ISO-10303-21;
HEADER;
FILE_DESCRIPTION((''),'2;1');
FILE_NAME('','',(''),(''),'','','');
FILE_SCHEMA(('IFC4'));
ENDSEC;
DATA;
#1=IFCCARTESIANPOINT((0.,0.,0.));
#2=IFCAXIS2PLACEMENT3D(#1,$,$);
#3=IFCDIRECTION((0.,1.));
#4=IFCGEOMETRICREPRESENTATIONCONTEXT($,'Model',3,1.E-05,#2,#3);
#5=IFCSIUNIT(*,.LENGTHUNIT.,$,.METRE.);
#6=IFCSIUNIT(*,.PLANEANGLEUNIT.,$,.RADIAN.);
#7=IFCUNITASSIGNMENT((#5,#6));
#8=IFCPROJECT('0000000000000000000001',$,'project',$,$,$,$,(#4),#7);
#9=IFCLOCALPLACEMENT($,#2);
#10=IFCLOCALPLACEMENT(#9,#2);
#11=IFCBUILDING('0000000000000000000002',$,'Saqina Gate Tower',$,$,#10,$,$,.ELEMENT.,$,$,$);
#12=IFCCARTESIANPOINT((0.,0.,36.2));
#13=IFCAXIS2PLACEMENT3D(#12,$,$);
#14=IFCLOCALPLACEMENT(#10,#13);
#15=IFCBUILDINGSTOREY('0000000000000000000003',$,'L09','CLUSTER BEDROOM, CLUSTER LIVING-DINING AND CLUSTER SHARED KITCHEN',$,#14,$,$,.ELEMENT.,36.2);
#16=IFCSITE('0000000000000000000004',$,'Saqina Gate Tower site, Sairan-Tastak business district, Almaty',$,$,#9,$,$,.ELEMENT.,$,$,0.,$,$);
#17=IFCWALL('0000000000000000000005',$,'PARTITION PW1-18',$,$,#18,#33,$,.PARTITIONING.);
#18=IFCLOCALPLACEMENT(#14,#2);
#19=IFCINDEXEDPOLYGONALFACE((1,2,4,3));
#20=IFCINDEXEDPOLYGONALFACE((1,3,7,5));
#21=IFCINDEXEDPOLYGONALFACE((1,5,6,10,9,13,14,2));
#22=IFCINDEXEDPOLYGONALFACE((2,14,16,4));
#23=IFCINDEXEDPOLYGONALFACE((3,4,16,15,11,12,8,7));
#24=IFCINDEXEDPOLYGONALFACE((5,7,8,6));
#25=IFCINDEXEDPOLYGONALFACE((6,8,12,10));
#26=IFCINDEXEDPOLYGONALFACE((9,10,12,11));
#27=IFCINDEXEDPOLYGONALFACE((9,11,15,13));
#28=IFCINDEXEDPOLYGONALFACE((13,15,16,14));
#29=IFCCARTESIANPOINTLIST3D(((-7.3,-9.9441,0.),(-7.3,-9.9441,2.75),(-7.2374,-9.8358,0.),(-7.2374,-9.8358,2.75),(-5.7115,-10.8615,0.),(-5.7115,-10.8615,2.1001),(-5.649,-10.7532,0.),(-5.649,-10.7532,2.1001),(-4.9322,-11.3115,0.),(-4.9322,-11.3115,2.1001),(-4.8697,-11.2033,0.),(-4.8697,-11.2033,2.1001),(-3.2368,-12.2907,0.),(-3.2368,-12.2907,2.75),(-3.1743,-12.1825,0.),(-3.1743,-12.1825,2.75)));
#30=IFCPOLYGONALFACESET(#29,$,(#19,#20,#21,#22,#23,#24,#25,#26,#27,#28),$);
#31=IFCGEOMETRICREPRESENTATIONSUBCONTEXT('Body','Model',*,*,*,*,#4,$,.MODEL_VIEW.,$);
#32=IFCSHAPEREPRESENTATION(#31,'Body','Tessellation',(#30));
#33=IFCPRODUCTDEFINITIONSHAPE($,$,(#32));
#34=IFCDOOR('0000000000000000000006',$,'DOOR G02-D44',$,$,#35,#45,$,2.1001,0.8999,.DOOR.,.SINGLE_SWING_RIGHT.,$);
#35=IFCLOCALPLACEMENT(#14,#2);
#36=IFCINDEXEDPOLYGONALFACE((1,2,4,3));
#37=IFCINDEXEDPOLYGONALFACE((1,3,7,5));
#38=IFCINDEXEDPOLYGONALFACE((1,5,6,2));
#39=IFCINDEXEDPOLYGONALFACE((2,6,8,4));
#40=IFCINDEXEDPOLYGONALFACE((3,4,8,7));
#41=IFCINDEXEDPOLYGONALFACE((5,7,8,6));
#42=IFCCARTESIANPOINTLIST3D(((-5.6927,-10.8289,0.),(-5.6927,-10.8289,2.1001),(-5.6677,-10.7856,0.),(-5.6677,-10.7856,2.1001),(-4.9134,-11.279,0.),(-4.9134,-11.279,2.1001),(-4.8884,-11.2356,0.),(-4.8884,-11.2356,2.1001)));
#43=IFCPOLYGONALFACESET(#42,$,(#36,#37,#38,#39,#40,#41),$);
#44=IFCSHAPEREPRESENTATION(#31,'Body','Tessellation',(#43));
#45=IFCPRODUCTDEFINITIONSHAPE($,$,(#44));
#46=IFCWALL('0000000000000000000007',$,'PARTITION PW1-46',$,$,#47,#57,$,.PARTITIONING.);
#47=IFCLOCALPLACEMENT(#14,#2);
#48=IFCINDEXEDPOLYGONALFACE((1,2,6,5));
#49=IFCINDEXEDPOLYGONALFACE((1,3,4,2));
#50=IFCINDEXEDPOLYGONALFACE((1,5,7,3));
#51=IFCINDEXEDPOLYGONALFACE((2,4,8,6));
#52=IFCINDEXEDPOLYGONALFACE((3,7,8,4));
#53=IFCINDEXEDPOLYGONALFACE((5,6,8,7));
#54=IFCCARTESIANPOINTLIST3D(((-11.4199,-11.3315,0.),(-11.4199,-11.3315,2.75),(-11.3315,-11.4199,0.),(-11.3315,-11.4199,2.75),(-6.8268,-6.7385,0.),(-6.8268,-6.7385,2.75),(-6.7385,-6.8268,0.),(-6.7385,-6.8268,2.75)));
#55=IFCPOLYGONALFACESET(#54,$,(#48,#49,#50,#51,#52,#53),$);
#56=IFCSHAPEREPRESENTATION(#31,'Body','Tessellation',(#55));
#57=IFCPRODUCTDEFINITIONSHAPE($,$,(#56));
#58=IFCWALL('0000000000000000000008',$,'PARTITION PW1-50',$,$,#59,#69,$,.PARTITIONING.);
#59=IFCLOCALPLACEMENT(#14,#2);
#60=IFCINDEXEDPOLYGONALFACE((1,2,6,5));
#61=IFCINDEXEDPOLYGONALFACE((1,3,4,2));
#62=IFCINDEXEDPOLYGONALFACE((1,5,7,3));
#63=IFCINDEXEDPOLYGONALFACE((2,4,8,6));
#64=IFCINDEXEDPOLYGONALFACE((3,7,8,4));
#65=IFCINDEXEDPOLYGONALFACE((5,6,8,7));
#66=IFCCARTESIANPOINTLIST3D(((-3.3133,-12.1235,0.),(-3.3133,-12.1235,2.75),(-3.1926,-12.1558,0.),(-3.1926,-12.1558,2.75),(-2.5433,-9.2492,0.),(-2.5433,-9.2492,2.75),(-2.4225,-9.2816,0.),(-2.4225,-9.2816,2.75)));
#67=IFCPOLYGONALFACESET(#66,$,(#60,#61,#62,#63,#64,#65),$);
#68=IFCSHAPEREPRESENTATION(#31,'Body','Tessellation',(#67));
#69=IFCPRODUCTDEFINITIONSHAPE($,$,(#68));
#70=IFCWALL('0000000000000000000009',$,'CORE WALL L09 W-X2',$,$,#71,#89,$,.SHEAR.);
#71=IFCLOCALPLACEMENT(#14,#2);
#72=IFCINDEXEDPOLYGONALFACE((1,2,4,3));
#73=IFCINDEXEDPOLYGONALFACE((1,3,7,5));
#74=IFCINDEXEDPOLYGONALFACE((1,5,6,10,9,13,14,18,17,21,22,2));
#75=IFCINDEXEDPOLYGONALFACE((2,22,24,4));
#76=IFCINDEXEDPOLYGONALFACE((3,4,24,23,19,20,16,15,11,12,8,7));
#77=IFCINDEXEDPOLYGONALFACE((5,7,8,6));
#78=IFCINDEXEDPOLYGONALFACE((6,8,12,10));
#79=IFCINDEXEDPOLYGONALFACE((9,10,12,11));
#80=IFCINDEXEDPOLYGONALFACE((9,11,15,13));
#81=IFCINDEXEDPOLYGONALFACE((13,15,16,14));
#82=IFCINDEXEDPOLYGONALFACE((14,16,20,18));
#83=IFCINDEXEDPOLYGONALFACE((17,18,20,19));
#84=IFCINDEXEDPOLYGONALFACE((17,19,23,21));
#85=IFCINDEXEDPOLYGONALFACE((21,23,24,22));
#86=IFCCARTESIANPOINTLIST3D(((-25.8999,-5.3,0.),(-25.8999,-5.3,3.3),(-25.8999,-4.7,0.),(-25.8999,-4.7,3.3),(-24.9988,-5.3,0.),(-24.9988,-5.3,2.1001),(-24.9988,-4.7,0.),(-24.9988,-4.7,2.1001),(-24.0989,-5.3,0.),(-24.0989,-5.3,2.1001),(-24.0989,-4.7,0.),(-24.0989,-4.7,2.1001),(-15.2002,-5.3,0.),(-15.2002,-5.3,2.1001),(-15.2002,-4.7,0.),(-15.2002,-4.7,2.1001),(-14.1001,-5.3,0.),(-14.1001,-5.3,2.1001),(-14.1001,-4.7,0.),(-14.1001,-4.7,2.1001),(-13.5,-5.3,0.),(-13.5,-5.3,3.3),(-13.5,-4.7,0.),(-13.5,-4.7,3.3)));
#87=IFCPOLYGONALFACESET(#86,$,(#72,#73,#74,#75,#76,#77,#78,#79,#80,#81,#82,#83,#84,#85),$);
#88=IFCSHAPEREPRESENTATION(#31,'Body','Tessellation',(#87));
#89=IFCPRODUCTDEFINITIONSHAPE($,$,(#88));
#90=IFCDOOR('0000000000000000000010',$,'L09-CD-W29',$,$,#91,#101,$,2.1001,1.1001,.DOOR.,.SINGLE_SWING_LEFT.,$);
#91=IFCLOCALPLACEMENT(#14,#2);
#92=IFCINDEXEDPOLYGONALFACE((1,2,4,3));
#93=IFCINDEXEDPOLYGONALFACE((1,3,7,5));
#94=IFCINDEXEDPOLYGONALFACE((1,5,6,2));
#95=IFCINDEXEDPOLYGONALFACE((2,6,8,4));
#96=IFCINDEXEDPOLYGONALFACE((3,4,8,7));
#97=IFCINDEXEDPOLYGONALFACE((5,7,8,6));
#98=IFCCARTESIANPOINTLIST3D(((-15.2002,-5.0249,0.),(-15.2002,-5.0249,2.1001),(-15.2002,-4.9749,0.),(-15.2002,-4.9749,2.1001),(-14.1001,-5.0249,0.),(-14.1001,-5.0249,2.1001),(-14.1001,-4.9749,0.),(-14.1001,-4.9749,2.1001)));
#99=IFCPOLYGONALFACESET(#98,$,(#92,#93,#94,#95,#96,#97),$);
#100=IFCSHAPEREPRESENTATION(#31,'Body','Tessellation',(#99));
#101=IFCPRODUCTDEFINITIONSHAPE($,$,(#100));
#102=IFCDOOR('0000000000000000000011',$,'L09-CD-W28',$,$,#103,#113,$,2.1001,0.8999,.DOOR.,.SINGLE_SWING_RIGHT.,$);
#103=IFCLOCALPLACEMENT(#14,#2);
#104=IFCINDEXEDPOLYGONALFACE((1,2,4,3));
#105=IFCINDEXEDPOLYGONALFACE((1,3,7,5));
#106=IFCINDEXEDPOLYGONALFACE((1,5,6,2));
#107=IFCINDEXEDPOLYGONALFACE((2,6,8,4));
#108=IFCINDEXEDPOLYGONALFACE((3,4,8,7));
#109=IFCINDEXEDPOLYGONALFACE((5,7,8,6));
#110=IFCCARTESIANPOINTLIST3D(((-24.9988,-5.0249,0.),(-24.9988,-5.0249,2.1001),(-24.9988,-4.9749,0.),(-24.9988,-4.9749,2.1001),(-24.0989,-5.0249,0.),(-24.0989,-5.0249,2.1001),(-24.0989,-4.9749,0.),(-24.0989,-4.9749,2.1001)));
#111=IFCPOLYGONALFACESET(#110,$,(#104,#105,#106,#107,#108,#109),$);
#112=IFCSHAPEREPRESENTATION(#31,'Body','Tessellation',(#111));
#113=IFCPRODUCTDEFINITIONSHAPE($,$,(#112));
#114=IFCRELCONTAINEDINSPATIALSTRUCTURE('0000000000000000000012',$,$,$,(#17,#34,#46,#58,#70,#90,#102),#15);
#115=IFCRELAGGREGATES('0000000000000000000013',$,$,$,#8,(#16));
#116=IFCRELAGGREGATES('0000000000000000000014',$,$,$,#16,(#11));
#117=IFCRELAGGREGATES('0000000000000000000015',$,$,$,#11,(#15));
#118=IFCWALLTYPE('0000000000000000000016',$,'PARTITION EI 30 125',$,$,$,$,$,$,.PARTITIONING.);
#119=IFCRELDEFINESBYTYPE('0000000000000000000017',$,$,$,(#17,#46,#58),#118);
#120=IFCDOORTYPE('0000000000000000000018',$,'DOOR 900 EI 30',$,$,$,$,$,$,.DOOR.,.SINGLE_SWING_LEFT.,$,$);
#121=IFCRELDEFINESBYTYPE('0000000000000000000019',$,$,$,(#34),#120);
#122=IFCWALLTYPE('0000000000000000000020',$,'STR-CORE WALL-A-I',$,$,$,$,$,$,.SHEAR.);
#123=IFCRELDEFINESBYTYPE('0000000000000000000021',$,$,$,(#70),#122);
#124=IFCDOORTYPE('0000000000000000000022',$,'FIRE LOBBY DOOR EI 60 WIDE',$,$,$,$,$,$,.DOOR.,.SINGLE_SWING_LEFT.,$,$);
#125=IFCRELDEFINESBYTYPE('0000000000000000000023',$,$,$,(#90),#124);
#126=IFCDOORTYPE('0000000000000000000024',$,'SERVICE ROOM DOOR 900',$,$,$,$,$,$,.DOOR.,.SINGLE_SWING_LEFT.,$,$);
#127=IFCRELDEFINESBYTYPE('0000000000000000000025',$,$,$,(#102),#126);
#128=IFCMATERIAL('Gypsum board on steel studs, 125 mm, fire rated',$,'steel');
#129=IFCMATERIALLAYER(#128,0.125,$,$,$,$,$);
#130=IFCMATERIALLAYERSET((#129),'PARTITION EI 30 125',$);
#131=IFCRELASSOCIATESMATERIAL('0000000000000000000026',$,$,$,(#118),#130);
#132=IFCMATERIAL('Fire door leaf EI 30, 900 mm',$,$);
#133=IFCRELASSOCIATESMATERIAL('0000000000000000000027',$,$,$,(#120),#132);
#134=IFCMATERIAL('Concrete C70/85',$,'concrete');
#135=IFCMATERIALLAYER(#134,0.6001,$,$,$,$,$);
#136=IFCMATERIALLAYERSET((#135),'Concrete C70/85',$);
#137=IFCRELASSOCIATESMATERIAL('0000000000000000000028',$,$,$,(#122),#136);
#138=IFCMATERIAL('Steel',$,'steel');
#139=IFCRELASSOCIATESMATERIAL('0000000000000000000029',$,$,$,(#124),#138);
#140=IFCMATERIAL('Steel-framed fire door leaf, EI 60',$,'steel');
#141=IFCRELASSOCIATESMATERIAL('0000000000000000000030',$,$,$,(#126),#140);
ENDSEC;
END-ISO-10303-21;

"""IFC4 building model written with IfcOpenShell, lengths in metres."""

from ifc_helpers import new_model, si_unit, direction, frame, frame_2d, origin, place, context, subcontext, project, spatial, rectangle, extrude, material, layer, layer_set, type_object, element, fill, save


model = new_model("IFC4")

# Units and contexts
model_context = context("Model", 3, precision=1e-05, world=origin(), true_north=direction((0.0, 1.0)))
body_context = subcontext(model_context, "Body", "Model", "MODEL_VIEW")
ifc_project = project(units=[si_unit("LENGTHUNIT", "METRE"), si_unit("PLANEANGLEUNIT", "RADIAN")], contexts=[model_context])

# Site, building, storey
site_placement = place(None, origin())
site = spatial("IfcSite", under=ifc_project, at=site_placement, Name="Saqina Gate Tower site, Sairan-Tastak business district, Almaty", CompositionType="ELEMENT", RefElevation=0.0)
building_placement = place(site_placement, origin())
building = spatial("IfcBuilding", under=site, at=building_placement, Name="Saqina Gate Tower", CompositionType="ELEMENT")
storey_placement = place(building_placement, frame((0.0, 0.0, 36.2)))
storey = spatial("IfcBuildingStorey", under=building, at=storey_placement, Name="L09", Description="CLUSTER BEDROOM, CLUSTER LIVING-DINING AND CLUSTER SHARED KITCHEN", CompositionType="ELEMENT", Elevation=36.2)

# Shared definitions
ifc_material_1 = material(Name="Gypsum board on steel studs, 125 mm, fire rated", Category="steel")
ifc_layer_1 = layer(ifc_material_1, 0.125)
ifc_layer_set_1 = layer_set([ifc_layer_1], Name="PARTITION EI 30 125")
wall_type_1 = type_object("IfcWallType", Name="PARTITION EI 30 125", PredefinedType="PARTITIONING", material=ifc_layer_set_1)

# Wall, opening, door
wall_1_placement = place(storey_placement, frame((-7.2688, -9.8899, 0.0), z_axis=(0.0, 0.0, 1.0), x_axis=(0.865954, -0.500123, 0.0)))
wall_1 = element("IfcWall", 1, at=wall_1_placement, inside=storey, type_object=wall_type_1, Name="PARTITION PW1-18", PredefinedType="PARTITIONING", context=body_context, shape_type="SweptSolid", body=[
    extrude(rectangle(XDim=4.6921, YDim=0.125, at=frame_2d((2.3462, 0.0))), origin(), (0.0, 0.0, 1.0), 2.75),
])
opening_1_placement = place(wall_1_placement, frame((1.8345, 0.0, 0.0)))
opening_1 = element("IfcOpeningElement", 2, at=opening_1_placement, cuts=wall_1, PredefinedType="OPENING", context=body_context, shape_type="SweptSolid", body=[
    extrude(rectangle(XDim=0.8999, YDim=2.1001, at=frame_2d((0.45, 1.05))), frame((0.0, 0.0745, 0.0), z_axis=(0.0, -1.0, 0.0), x_axis=(1.0, 0.0, 0.0)), (0.0, 0.0, 1.0), 0.1489),
])
ifc_material_2 = material(Name="Fire door leaf EI 30, 900 mm")
door_type_1 = type_object("IfcDoorType", Name="DOOR 900 EI 30", OperationType="SINGLE_SWING_LEFT", PredefinedType="DOOR", material=ifc_material_2)
door_1_placement = place(opening_1_placement, frame((0.8999, 0.0, 0.0), z_axis=(0.0, 0.0, 1.0), x_axis=(-1.0, 0.0, 0.0)))
door_1 = element("IfcDoor", 3, at=door_1_placement, inside=storey, type_object=door_type_1, Name="DOOR G02-D44", OperationType="SINGLE_SWING_RIGHT", OverallHeight=2.1001, OverallWidth=0.8999, PredefinedType="DOOR", context=body_context, shape_type="SweptSolid", body=[
    extrude(rectangle(XDim=0.8999, YDim=2.1001, at=frame_2d((0.45, 1.05))), frame((0.0, 0.0249, 0.0), z_axis=(0.0, -1.0, 0.0), x_axis=(1.0, 0.0, 0.0)), (0.0, 0.0, 1.0), 0.05),
])
fill(opening_1, door_1)

# Walls
wall_2_placement = place(storey_placement, frame((-11.3757, -11.3757, 0.0), z_axis=(0.0, 0.0, 1.0), x_axis=(0.707107, 0.707107, 0.0)))
element("IfcWall", 4, at=wall_2_placement, inside=storey, type_object=wall_type_1, Name="PARTITION PW1-46", PredefinedType="PARTITIONING", context=body_context, shape_type="SweptSolid", body=[
    extrude(rectangle(XDim=6.4956, YDim=0.125, at=frame_2d((3.2478, 0.0))), origin(), (0.0, 0.0, 1.0), 2.75),
])
wall_3_placement = place(storey_placement, frame((-3.2529, -12.1396, 0.0), z_axis=(0.0, 0.0, 1.0), x_axis=(0.258776, 0.965937, 0.0)))
element("IfcWall", 5, at=wall_3_placement, inside=storey, type_object=wall_type_1, Name="PARTITION PW1-50", PredefinedType="PARTITIONING", context=body_context, shape_type="SweptSolid", body=[
    extrude(rectangle(XDim=2.9756, YDim=0.125, at=frame_2d((1.4878, 0.0))), origin(), (0.0, 0.0, 1.0), 2.75),
])

# Wall, openings, doors
ifc_material_3 = material(Name="Concrete C70/85", Category="concrete")
ifc_layer_2 = layer(ifc_material_3, 0.6001)
ifc_layer_set_2 = layer_set([ifc_layer_2], Name="Concrete C70/85")
wall_type_2 = type_object("IfcWallType", Name="STR-CORE WALL-A-I", PredefinedType="SHEAR", material=ifc_layer_set_2)
wall_4_placement = place(storey_placement, frame((-13.5, -5.0, 0.0), z_axis=(0.0, 0.0, 1.0), x_axis=(-1.0, 0.0, 0.0)))
wall_4 = element("IfcWall", 6, at=wall_4_placement, inside=storey, type_object=wall_type_2, Name="CORE WALL L09 W-X2", PredefinedType="SHEAR", context=body_context, shape_type="SweptSolid", body=[
    extrude(rectangle(XDim=12.3999, YDim=0.6001, at=frame_2d((6.2, 0.0))), origin(), (0.0, 0.0, 1.0), 3.3),
])
opening_2_placement = place(wall_4_placement, frame((10.5989, 0.0, 0.0)))
opening_2 = element("IfcOpeningElement", 7, at=opening_2_placement, cuts=wall_4, PredefinedType="OPENING", context=body_context, shape_type="SweptSolid", body=[
    extrude(rectangle(XDim=0.8999, YDim=2.1001, at=frame_2d((0.45, 1.05))), frame((0.0, 0.312, 0.0), z_axis=(0.0, -1.0, 0.0), x_axis=(1.0, 0.0, 0.0)), (0.0, 0.0, 1.0), 0.624),
])
opening_3_placement = place(wall_4_placement, frame((0.6001, 0.0, 0.0)))
opening_3 = element("IfcOpeningElement", 8, at=opening_3_placement, cuts=wall_4, PredefinedType="OPENING", context=body_context, shape_type="SweptSolid", body=[
    extrude(rectangle(XDim=1.1001, YDim=2.1001, at=frame_2d((0.55, 1.05))), frame((0.0, 0.312, 0.0), z_axis=(0.0, -1.0, 0.0), x_axis=(1.0, 0.0, 0.0)), (0.0, 0.0, 1.0), 0.624),
])
ifc_material_4 = material(Name="Steel", Category="steel")
door_type_2 = type_object("IfcDoorType", Name="FIRE LOBBY DOOR EI 60 WIDE", OperationType="SINGLE_SWING_LEFT", PredefinedType="DOOR", material=ifc_material_4)
door_2_placement = place(opening_3_placement, origin())
door_2 = element("IfcDoor", 9, at=door_2_placement, inside=storey, type_object=door_type_2, Name="L09-CD-W29", OperationType="SINGLE_SWING_LEFT", OverallHeight=2.1001, OverallWidth=1.1001, PredefinedType="DOOR", context=body_context, shape_type="SweptSolid", body=[
    extrude(rectangle(XDim=1.1001, YDim=2.1001, at=frame_2d((0.55, 1.05))), frame((0.0, 0.0249, 0.0), z_axis=(0.0, -1.0, 0.0), x_axis=(1.0, 0.0, 0.0)), (0.0, 0.0, 1.0), 0.05),
])
fill(opening_3, door_2)
ifc_material_5 = material(Name="Steel-framed fire door leaf, EI 60", Category="steel")
door_type_3 = type_object("IfcDoorType", Name="SERVICE ROOM DOOR 900", OperationType="SINGLE_SWING_LEFT", PredefinedType="DOOR", material=ifc_material_5)
door_3_placement = place(opening_2_placement, origin())
door_3 = element("IfcDoor", 10, at=door_3_placement, inside=storey, type_object=door_type_3, Name="L09-CD-W28", OperationType="SINGLE_SWING_RIGHT", OverallHeight=2.1001, OverallWidth=0.8999, PredefinedType="DOOR", context=body_context, shape_type="SweptSolid", body=[
    extrude(rectangle(XDim=0.8999, YDim=2.1001, at=frame_2d((0.45, 1.05))), frame((0.0, 0.0249, 0.0), z_axis=(0.0, -1.0, 0.0), x_axis=(1.0, 0.0, 0.0)), (0.0, 0.0, 1.0), 0.05),
])
fill(opening_2, door_3)

save(model, "model.ifc")
